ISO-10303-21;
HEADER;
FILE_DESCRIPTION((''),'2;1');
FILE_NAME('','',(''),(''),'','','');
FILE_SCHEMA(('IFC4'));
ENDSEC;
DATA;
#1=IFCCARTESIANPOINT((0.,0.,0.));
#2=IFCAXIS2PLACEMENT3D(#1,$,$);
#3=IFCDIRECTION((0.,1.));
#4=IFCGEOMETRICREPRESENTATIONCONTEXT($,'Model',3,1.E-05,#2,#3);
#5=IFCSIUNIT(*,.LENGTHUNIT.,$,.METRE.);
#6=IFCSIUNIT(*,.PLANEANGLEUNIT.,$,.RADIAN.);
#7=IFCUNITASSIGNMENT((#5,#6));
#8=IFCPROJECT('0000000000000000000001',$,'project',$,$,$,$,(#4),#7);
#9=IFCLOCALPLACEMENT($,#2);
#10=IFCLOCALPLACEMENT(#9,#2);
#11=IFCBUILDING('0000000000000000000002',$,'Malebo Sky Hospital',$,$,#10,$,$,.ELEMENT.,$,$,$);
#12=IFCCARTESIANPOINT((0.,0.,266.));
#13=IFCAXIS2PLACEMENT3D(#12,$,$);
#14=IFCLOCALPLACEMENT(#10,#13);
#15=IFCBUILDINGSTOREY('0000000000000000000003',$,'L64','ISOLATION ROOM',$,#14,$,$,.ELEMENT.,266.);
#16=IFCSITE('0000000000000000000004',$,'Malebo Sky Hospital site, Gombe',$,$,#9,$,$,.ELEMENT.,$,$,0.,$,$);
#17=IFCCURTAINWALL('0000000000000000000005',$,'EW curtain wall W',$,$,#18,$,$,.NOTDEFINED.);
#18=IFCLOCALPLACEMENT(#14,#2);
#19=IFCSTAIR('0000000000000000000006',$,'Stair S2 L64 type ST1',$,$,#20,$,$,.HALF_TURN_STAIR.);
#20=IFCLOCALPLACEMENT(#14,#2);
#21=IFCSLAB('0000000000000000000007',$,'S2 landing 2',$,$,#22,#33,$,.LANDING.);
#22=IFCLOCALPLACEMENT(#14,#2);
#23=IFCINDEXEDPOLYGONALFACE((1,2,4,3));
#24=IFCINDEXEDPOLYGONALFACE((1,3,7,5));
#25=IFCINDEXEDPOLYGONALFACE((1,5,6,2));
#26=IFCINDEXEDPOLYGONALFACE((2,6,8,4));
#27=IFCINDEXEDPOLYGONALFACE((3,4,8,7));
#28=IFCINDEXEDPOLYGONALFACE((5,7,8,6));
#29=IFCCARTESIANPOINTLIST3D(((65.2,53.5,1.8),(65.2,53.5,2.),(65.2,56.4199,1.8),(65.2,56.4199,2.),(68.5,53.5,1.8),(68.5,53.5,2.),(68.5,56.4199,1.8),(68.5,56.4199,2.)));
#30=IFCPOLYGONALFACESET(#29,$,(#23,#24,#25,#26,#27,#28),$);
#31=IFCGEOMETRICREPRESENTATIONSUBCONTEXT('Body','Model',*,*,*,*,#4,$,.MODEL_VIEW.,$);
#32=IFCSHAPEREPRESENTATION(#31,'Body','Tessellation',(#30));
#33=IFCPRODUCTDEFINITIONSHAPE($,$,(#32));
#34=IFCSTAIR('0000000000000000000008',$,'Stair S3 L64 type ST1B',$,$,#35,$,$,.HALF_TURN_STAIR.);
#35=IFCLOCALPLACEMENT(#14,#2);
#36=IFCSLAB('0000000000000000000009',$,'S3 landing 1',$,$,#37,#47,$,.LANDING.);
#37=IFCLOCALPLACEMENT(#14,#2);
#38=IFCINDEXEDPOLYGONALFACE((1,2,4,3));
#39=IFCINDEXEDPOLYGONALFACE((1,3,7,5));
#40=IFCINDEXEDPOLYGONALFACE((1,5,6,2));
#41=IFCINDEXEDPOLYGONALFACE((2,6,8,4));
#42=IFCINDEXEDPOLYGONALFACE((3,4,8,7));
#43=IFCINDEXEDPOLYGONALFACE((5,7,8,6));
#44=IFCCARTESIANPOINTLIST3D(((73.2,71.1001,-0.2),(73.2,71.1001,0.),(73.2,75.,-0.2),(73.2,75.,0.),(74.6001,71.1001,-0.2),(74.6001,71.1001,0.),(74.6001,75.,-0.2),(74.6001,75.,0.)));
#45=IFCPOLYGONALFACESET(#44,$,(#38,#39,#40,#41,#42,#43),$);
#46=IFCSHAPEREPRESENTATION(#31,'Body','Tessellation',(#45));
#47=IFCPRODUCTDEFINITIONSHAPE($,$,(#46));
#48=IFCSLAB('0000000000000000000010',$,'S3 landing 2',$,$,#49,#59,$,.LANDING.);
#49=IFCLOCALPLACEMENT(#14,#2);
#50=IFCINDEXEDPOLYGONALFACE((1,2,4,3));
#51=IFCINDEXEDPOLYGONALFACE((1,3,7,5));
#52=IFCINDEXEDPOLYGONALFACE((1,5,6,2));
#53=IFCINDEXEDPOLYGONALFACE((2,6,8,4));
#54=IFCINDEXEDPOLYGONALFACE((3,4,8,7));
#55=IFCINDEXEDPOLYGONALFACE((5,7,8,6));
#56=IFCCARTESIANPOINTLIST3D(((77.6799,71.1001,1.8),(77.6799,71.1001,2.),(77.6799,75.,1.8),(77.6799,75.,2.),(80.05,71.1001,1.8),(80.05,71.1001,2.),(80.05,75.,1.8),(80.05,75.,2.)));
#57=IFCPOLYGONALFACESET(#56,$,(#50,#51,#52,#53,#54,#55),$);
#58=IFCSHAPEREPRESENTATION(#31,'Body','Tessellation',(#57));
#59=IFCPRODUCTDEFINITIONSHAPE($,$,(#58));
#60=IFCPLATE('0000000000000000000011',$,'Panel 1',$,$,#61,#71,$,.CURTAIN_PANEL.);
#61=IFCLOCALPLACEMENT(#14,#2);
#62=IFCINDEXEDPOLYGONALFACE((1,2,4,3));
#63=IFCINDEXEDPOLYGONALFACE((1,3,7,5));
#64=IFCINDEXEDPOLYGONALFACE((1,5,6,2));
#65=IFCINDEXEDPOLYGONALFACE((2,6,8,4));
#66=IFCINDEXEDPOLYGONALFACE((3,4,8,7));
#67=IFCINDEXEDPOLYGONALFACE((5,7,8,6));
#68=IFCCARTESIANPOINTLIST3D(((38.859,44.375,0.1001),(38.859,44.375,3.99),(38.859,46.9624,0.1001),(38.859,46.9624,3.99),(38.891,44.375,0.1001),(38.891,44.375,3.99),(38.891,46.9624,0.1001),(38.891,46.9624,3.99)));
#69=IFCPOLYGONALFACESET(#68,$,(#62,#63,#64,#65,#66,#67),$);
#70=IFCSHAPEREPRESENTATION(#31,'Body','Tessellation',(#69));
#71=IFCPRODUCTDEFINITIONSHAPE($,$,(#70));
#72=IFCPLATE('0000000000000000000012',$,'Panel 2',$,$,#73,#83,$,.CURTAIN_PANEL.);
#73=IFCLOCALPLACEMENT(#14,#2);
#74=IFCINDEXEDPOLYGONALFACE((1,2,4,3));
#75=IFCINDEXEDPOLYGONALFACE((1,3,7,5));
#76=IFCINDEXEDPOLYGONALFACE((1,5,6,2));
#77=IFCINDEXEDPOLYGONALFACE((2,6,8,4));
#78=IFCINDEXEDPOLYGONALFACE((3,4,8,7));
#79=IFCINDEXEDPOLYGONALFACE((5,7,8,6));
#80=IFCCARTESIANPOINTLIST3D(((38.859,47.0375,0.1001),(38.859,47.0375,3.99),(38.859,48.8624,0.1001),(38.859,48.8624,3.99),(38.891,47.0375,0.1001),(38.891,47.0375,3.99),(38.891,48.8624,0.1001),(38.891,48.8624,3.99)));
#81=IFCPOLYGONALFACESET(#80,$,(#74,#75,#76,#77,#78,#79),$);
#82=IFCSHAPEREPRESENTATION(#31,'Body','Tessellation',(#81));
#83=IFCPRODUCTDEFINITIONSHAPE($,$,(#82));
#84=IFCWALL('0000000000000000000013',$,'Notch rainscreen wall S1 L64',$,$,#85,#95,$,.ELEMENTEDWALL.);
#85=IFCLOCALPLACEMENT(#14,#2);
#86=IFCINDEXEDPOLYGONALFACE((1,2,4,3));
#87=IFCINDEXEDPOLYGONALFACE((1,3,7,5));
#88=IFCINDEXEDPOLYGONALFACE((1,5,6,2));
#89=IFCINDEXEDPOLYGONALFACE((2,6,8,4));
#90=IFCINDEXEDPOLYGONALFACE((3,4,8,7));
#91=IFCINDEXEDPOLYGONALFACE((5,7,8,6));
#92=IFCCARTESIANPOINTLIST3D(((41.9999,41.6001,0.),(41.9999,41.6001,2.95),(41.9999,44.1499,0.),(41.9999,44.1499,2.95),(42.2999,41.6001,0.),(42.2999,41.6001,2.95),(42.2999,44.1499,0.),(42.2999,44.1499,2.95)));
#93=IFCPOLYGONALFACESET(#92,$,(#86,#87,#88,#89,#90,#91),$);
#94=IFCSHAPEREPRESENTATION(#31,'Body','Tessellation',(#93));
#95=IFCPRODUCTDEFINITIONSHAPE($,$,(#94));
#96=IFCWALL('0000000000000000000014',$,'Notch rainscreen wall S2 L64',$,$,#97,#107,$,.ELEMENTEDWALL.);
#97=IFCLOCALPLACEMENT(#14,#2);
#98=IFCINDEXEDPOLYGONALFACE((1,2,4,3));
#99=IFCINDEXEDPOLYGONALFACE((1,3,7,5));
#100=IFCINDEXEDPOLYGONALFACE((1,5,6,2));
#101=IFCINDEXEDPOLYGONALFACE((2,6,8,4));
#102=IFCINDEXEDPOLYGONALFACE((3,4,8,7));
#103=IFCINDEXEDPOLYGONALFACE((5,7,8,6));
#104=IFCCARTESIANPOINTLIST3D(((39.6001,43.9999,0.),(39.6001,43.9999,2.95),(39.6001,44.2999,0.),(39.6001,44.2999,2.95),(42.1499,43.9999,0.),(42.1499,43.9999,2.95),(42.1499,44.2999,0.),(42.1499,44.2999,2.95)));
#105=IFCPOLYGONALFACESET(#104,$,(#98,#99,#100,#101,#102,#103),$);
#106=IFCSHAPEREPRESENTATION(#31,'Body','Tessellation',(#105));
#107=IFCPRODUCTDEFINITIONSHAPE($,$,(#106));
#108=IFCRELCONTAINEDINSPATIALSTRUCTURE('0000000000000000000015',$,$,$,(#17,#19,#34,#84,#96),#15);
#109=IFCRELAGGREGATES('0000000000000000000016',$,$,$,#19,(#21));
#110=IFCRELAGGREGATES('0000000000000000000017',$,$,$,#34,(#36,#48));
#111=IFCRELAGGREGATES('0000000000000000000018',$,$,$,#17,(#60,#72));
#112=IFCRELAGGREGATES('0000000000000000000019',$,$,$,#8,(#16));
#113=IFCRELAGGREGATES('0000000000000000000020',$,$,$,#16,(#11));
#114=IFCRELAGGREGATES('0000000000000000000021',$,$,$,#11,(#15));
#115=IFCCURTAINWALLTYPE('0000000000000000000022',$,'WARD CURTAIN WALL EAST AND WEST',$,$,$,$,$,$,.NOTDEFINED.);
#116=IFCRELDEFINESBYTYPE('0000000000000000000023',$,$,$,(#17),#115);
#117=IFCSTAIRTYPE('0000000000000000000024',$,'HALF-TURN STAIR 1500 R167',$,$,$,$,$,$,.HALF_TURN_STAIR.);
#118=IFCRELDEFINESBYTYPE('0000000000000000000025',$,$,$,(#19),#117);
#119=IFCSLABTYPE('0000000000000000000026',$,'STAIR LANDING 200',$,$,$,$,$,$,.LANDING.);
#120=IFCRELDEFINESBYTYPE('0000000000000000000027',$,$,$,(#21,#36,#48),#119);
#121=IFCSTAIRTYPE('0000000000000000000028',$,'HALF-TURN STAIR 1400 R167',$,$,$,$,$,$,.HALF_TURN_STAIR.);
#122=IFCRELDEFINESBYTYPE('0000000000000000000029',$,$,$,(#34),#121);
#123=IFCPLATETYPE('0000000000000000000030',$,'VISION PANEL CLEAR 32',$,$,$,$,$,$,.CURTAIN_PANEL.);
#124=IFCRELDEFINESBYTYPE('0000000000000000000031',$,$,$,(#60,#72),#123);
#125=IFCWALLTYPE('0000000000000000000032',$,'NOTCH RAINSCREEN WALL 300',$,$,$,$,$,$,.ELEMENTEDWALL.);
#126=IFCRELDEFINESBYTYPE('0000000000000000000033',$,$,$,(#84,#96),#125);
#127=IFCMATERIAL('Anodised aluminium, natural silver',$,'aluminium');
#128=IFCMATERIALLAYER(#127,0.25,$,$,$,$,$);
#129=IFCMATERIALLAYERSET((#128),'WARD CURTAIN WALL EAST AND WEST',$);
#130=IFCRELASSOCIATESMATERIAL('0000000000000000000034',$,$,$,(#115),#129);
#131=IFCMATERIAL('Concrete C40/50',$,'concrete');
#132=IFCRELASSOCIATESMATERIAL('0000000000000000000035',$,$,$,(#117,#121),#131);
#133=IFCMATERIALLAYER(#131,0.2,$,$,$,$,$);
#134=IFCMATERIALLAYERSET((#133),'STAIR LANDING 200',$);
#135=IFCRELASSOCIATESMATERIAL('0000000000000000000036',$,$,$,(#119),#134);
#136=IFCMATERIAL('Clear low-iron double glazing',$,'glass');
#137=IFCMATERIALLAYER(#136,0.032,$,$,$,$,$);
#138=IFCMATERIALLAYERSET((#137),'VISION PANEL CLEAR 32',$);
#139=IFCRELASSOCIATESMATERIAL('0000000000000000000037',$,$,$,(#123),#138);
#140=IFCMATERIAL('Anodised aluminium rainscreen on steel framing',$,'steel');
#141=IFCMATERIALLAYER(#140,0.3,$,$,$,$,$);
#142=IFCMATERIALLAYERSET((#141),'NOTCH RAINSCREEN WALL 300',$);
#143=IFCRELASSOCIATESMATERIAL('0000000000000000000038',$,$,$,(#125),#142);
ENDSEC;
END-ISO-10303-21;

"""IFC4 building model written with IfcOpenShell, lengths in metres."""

from ifc_helpers import new_model, si_unit, direction, frame, frame_2d, origin, origin_2d, place, context, subcontext, project, spatial, polyline, rectangle, outline, extrude, material, layer, layer_set, type_object, element, aggregate, save


model = new_model("IFC4")

# Units and contexts
model_context = context("Model", 3, precision=1e-05, world=origin(), true_north=direction((0.0, 1.0)))
body_context = subcontext(model_context, "Body", "Model", "MODEL_VIEW")
ifc_project = project(units=[si_unit("LENGTHUNIT", "METRE"), si_unit("PLANEANGLEUNIT", "RADIAN")], contexts=[model_context])

# Site, building, storey
site_placement = place(None, origin())
site = spatial("IfcSite", under=ifc_project, at=site_placement, Name="Malebo Sky Hospital site, Gombe", CompositionType="ELEMENT", RefElevation=0.0)
building_placement = place(site_placement, origin())
building = spatial("IfcBuilding", under=site, at=building_placement, Name="Malebo Sky Hospital", CompositionType="ELEMENT")
storey_placement = place(building_placement, frame((0.0, 0.0, 266.0)))
storey = spatial("IfcBuildingStorey", under=building, at=storey_placement, Name="L64", Description="ISOLATION ROOM", CompositionType="ELEMENT", Elevation=266.0)

# Curtain wall
ifc_material_1 = material(Name="Anodised aluminium, natural silver", Category="aluminium")
ifc_layer_1 = layer(ifc_material_1, 0.25)
ifc_layer_set_1 = layer_set([ifc_layer_1], Name="WARD CURTAIN WALL EAST AND WEST")
curtain_wall_type_1 = type_object("IfcCurtainWallType", Name="WARD CURTAIN WALL EAST AND WEST", PredefinedType="NOTDEFINED", material=ifc_layer_set_1)
curtain_wall_1_placement = place(storey_placement, origin())
curtain_wall_1 = element("IfcCurtainWall", 1, at=curtain_wall_1_placement, inside=storey, type_object=curtain_wall_type_1, Name="EW curtain wall W", PredefinedType="NOTDEFINED")

# Shared definitions
ifc_material_2 = material(Name="Concrete C40/50", Category="concrete")

# Stairs, slabs
stair_type_1 = type_object("IfcStairType", Name="HALF-TURN STAIR 1500 R167", PredefinedType="HALF_TURN_STAIR", material=ifc_material_2)
ifc_layer_2 = layer(ifc_material_2, 0.2)
ifc_layer_set_2 = layer_set([ifc_layer_2], Name="STAIR LANDING 200")
slab_type_1 = type_object("IfcSlabType", Name="STAIR LANDING 200", PredefinedType="LANDING", material=ifc_layer_set_2)
stair_1_placement = place(storey_placement, origin())
stair_1 = element("IfcStair", 2, at=stair_1_placement, inside=storey, type_object=stair_type_1, Name="Stair S2 L64 type ST1", PredefinedType="HALF_TURN_STAIR")
slab_1_placement = place(storey_placement, frame((0.0, 0.0, 1.8)))
slab_1 = element("IfcSlab", 3, at=slab_1_placement, type_object=slab_type_1, Name="S2 landing 2", PredefinedType="LANDING", context=body_context, shape_type="SweptSolid", body=[
    extrude(outline(polyline([(65.2, 53.5), (68.5, 53.5), (68.5, 56.4199), (65.2, 56.4199), (65.2, 53.5)])), origin(), (0.0, 0.0, 1.0), 0.2),
])
aggregate(stair_1, [slab_1])
stair_type_2 = type_object("IfcStairType", Name="HALF-TURN STAIR 1400 R167", PredefinedType="HALF_TURN_STAIR", material=ifc_material_2)
stair_2_placement = place(storey_placement, origin())
stair_2 = element("IfcStair", 4, at=stair_2_placement, inside=storey, type_object=stair_type_2, Name="Stair S3 L64 type ST1B", PredefinedType="HALF_TURN_STAIR")
slab_2_placement = place(storey_placement, frame((0.0, 0.0, -0.2)))
slab_2 = element("IfcSlab", 5, at=slab_2_placement, type_object=slab_type_1, Name="S3 landing 1", PredefinedType="LANDING", context=body_context, shape_type="SweptSolid", body=[
    extrude(outline(polyline([(73.2, 71.1001), (73.2, 75.0), (74.6001, 75.0), (74.6001, 71.1001), (73.2, 71.1001)])), origin(), (0.0, 0.0, 1.0), 0.2),
])
slab_3_placement = place(storey_placement, frame((0.0, 0.0, 1.8)))
slab_3 = element("IfcSlab", 6, at=slab_3_placement, type_object=slab_type_1, Name="S3 landing 2", PredefinedType="LANDING", context=body_context, shape_type="SweptSolid", body=[
    extrude(outline(polyline([(77.6799, 71.1001), (77.6799, 75.0), (80.05, 75.0), (80.05, 71.1001), (77.6799, 71.1001)])), origin(), (0.0, 0.0, 1.0), 0.2),
])
aggregate(stair_2, [slab_2, slab_3])

# Plates
ifc_material_3 = material(Name="Clear low-iron double glazing", Category="glass")
ifc_layer_3 = layer(ifc_material_3, 0.032)
ifc_layer_set_3 = layer_set([ifc_layer_3], Name="VISION PANEL CLEAR 32")
plate_type = type_object("IfcPlateType", Name="VISION PANEL CLEAR 32", PredefinedType="CURTAIN_PANEL", material=ifc_layer_set_3)
plate_1_placement = place(storey_placement, frame((38.875, 45.6687, 0.1001), z_axis=(0.0, 0.0, 1.0), x_axis=(0.0, 1.0, 0.0)))
plate_1 = element("IfcPlate", 7, at=plate_1_placement, type_object=plate_type, Name="Panel 1", PredefinedType="CURTAIN_PANEL", context=body_context, shape_type="SweptSolid", body=[
    extrude(rectangle(XDim=2.5874, YDim=0.032, at=origin_2d()), origin(), (0.0, 0.0, 1.0), 3.8899),
])
plate_2_placement = place(storey_placement, frame((38.875, 47.95, 0.1001), z_axis=(0.0, 0.0, 1.0), x_axis=(0.0, 1.0, 0.0)))
plate_2 = element("IfcPlate", 8, at=plate_2_placement, type_object=plate_type, Name="Panel 2", PredefinedType="CURTAIN_PANEL", context=body_context, shape_type="SweptSolid", body=[
    extrude(rectangle(XDim=1.825, YDim=0.032, at=origin_2d()), origin(), (0.0, 0.0, 1.0), 3.8899),
])
aggregate(curtain_wall_1, [plate_1, plate_2])

# Walls
ifc_material_4 = material(Name="Anodised aluminium rainscreen on steel framing", Category="steel")
ifc_layer_4 = layer(ifc_material_4, 0.3)
ifc_layer_set_4 = layer_set([ifc_layer_4], Name="NOTCH RAINSCREEN WALL 300")
wall_type = type_object("IfcWallType", Name="NOTCH RAINSCREEN WALL 300", PredefinedType="ELEMENTEDWALL", material=ifc_layer_set_4)
for number, where, z_axis, x_axis, name in (
    (9, (42.1499, 41.6001, 0.0), (0.0, 0.0, 1.0), (0.0, 1.0, 0.0), "Notch rainscreen wall S1 L64"),
    (10, (42.1499, 44.1499, 0.0), (0.0, 0.0, 1.0), (-1.0, 0.0, 0.0), "Notch rainscreen wall S2 L64"),
):
    element("IfcWall", number, at=place(storey_placement, frame(where, z_axis=z_axis, x_axis=x_axis)), inside=storey, type_object=wall_type, Name=name, PredefinedType="ELEMENTEDWALL", context=body_context, shape_type="SweptSolid", body=[
        extrude(rectangle(XDim=2.5498, YDim=0.3, at=frame_2d((1.2749, 0.0))), origin(), (0.0, 0.0, 1.0), 2.95),
    ])

save(model, "model.ifc")
